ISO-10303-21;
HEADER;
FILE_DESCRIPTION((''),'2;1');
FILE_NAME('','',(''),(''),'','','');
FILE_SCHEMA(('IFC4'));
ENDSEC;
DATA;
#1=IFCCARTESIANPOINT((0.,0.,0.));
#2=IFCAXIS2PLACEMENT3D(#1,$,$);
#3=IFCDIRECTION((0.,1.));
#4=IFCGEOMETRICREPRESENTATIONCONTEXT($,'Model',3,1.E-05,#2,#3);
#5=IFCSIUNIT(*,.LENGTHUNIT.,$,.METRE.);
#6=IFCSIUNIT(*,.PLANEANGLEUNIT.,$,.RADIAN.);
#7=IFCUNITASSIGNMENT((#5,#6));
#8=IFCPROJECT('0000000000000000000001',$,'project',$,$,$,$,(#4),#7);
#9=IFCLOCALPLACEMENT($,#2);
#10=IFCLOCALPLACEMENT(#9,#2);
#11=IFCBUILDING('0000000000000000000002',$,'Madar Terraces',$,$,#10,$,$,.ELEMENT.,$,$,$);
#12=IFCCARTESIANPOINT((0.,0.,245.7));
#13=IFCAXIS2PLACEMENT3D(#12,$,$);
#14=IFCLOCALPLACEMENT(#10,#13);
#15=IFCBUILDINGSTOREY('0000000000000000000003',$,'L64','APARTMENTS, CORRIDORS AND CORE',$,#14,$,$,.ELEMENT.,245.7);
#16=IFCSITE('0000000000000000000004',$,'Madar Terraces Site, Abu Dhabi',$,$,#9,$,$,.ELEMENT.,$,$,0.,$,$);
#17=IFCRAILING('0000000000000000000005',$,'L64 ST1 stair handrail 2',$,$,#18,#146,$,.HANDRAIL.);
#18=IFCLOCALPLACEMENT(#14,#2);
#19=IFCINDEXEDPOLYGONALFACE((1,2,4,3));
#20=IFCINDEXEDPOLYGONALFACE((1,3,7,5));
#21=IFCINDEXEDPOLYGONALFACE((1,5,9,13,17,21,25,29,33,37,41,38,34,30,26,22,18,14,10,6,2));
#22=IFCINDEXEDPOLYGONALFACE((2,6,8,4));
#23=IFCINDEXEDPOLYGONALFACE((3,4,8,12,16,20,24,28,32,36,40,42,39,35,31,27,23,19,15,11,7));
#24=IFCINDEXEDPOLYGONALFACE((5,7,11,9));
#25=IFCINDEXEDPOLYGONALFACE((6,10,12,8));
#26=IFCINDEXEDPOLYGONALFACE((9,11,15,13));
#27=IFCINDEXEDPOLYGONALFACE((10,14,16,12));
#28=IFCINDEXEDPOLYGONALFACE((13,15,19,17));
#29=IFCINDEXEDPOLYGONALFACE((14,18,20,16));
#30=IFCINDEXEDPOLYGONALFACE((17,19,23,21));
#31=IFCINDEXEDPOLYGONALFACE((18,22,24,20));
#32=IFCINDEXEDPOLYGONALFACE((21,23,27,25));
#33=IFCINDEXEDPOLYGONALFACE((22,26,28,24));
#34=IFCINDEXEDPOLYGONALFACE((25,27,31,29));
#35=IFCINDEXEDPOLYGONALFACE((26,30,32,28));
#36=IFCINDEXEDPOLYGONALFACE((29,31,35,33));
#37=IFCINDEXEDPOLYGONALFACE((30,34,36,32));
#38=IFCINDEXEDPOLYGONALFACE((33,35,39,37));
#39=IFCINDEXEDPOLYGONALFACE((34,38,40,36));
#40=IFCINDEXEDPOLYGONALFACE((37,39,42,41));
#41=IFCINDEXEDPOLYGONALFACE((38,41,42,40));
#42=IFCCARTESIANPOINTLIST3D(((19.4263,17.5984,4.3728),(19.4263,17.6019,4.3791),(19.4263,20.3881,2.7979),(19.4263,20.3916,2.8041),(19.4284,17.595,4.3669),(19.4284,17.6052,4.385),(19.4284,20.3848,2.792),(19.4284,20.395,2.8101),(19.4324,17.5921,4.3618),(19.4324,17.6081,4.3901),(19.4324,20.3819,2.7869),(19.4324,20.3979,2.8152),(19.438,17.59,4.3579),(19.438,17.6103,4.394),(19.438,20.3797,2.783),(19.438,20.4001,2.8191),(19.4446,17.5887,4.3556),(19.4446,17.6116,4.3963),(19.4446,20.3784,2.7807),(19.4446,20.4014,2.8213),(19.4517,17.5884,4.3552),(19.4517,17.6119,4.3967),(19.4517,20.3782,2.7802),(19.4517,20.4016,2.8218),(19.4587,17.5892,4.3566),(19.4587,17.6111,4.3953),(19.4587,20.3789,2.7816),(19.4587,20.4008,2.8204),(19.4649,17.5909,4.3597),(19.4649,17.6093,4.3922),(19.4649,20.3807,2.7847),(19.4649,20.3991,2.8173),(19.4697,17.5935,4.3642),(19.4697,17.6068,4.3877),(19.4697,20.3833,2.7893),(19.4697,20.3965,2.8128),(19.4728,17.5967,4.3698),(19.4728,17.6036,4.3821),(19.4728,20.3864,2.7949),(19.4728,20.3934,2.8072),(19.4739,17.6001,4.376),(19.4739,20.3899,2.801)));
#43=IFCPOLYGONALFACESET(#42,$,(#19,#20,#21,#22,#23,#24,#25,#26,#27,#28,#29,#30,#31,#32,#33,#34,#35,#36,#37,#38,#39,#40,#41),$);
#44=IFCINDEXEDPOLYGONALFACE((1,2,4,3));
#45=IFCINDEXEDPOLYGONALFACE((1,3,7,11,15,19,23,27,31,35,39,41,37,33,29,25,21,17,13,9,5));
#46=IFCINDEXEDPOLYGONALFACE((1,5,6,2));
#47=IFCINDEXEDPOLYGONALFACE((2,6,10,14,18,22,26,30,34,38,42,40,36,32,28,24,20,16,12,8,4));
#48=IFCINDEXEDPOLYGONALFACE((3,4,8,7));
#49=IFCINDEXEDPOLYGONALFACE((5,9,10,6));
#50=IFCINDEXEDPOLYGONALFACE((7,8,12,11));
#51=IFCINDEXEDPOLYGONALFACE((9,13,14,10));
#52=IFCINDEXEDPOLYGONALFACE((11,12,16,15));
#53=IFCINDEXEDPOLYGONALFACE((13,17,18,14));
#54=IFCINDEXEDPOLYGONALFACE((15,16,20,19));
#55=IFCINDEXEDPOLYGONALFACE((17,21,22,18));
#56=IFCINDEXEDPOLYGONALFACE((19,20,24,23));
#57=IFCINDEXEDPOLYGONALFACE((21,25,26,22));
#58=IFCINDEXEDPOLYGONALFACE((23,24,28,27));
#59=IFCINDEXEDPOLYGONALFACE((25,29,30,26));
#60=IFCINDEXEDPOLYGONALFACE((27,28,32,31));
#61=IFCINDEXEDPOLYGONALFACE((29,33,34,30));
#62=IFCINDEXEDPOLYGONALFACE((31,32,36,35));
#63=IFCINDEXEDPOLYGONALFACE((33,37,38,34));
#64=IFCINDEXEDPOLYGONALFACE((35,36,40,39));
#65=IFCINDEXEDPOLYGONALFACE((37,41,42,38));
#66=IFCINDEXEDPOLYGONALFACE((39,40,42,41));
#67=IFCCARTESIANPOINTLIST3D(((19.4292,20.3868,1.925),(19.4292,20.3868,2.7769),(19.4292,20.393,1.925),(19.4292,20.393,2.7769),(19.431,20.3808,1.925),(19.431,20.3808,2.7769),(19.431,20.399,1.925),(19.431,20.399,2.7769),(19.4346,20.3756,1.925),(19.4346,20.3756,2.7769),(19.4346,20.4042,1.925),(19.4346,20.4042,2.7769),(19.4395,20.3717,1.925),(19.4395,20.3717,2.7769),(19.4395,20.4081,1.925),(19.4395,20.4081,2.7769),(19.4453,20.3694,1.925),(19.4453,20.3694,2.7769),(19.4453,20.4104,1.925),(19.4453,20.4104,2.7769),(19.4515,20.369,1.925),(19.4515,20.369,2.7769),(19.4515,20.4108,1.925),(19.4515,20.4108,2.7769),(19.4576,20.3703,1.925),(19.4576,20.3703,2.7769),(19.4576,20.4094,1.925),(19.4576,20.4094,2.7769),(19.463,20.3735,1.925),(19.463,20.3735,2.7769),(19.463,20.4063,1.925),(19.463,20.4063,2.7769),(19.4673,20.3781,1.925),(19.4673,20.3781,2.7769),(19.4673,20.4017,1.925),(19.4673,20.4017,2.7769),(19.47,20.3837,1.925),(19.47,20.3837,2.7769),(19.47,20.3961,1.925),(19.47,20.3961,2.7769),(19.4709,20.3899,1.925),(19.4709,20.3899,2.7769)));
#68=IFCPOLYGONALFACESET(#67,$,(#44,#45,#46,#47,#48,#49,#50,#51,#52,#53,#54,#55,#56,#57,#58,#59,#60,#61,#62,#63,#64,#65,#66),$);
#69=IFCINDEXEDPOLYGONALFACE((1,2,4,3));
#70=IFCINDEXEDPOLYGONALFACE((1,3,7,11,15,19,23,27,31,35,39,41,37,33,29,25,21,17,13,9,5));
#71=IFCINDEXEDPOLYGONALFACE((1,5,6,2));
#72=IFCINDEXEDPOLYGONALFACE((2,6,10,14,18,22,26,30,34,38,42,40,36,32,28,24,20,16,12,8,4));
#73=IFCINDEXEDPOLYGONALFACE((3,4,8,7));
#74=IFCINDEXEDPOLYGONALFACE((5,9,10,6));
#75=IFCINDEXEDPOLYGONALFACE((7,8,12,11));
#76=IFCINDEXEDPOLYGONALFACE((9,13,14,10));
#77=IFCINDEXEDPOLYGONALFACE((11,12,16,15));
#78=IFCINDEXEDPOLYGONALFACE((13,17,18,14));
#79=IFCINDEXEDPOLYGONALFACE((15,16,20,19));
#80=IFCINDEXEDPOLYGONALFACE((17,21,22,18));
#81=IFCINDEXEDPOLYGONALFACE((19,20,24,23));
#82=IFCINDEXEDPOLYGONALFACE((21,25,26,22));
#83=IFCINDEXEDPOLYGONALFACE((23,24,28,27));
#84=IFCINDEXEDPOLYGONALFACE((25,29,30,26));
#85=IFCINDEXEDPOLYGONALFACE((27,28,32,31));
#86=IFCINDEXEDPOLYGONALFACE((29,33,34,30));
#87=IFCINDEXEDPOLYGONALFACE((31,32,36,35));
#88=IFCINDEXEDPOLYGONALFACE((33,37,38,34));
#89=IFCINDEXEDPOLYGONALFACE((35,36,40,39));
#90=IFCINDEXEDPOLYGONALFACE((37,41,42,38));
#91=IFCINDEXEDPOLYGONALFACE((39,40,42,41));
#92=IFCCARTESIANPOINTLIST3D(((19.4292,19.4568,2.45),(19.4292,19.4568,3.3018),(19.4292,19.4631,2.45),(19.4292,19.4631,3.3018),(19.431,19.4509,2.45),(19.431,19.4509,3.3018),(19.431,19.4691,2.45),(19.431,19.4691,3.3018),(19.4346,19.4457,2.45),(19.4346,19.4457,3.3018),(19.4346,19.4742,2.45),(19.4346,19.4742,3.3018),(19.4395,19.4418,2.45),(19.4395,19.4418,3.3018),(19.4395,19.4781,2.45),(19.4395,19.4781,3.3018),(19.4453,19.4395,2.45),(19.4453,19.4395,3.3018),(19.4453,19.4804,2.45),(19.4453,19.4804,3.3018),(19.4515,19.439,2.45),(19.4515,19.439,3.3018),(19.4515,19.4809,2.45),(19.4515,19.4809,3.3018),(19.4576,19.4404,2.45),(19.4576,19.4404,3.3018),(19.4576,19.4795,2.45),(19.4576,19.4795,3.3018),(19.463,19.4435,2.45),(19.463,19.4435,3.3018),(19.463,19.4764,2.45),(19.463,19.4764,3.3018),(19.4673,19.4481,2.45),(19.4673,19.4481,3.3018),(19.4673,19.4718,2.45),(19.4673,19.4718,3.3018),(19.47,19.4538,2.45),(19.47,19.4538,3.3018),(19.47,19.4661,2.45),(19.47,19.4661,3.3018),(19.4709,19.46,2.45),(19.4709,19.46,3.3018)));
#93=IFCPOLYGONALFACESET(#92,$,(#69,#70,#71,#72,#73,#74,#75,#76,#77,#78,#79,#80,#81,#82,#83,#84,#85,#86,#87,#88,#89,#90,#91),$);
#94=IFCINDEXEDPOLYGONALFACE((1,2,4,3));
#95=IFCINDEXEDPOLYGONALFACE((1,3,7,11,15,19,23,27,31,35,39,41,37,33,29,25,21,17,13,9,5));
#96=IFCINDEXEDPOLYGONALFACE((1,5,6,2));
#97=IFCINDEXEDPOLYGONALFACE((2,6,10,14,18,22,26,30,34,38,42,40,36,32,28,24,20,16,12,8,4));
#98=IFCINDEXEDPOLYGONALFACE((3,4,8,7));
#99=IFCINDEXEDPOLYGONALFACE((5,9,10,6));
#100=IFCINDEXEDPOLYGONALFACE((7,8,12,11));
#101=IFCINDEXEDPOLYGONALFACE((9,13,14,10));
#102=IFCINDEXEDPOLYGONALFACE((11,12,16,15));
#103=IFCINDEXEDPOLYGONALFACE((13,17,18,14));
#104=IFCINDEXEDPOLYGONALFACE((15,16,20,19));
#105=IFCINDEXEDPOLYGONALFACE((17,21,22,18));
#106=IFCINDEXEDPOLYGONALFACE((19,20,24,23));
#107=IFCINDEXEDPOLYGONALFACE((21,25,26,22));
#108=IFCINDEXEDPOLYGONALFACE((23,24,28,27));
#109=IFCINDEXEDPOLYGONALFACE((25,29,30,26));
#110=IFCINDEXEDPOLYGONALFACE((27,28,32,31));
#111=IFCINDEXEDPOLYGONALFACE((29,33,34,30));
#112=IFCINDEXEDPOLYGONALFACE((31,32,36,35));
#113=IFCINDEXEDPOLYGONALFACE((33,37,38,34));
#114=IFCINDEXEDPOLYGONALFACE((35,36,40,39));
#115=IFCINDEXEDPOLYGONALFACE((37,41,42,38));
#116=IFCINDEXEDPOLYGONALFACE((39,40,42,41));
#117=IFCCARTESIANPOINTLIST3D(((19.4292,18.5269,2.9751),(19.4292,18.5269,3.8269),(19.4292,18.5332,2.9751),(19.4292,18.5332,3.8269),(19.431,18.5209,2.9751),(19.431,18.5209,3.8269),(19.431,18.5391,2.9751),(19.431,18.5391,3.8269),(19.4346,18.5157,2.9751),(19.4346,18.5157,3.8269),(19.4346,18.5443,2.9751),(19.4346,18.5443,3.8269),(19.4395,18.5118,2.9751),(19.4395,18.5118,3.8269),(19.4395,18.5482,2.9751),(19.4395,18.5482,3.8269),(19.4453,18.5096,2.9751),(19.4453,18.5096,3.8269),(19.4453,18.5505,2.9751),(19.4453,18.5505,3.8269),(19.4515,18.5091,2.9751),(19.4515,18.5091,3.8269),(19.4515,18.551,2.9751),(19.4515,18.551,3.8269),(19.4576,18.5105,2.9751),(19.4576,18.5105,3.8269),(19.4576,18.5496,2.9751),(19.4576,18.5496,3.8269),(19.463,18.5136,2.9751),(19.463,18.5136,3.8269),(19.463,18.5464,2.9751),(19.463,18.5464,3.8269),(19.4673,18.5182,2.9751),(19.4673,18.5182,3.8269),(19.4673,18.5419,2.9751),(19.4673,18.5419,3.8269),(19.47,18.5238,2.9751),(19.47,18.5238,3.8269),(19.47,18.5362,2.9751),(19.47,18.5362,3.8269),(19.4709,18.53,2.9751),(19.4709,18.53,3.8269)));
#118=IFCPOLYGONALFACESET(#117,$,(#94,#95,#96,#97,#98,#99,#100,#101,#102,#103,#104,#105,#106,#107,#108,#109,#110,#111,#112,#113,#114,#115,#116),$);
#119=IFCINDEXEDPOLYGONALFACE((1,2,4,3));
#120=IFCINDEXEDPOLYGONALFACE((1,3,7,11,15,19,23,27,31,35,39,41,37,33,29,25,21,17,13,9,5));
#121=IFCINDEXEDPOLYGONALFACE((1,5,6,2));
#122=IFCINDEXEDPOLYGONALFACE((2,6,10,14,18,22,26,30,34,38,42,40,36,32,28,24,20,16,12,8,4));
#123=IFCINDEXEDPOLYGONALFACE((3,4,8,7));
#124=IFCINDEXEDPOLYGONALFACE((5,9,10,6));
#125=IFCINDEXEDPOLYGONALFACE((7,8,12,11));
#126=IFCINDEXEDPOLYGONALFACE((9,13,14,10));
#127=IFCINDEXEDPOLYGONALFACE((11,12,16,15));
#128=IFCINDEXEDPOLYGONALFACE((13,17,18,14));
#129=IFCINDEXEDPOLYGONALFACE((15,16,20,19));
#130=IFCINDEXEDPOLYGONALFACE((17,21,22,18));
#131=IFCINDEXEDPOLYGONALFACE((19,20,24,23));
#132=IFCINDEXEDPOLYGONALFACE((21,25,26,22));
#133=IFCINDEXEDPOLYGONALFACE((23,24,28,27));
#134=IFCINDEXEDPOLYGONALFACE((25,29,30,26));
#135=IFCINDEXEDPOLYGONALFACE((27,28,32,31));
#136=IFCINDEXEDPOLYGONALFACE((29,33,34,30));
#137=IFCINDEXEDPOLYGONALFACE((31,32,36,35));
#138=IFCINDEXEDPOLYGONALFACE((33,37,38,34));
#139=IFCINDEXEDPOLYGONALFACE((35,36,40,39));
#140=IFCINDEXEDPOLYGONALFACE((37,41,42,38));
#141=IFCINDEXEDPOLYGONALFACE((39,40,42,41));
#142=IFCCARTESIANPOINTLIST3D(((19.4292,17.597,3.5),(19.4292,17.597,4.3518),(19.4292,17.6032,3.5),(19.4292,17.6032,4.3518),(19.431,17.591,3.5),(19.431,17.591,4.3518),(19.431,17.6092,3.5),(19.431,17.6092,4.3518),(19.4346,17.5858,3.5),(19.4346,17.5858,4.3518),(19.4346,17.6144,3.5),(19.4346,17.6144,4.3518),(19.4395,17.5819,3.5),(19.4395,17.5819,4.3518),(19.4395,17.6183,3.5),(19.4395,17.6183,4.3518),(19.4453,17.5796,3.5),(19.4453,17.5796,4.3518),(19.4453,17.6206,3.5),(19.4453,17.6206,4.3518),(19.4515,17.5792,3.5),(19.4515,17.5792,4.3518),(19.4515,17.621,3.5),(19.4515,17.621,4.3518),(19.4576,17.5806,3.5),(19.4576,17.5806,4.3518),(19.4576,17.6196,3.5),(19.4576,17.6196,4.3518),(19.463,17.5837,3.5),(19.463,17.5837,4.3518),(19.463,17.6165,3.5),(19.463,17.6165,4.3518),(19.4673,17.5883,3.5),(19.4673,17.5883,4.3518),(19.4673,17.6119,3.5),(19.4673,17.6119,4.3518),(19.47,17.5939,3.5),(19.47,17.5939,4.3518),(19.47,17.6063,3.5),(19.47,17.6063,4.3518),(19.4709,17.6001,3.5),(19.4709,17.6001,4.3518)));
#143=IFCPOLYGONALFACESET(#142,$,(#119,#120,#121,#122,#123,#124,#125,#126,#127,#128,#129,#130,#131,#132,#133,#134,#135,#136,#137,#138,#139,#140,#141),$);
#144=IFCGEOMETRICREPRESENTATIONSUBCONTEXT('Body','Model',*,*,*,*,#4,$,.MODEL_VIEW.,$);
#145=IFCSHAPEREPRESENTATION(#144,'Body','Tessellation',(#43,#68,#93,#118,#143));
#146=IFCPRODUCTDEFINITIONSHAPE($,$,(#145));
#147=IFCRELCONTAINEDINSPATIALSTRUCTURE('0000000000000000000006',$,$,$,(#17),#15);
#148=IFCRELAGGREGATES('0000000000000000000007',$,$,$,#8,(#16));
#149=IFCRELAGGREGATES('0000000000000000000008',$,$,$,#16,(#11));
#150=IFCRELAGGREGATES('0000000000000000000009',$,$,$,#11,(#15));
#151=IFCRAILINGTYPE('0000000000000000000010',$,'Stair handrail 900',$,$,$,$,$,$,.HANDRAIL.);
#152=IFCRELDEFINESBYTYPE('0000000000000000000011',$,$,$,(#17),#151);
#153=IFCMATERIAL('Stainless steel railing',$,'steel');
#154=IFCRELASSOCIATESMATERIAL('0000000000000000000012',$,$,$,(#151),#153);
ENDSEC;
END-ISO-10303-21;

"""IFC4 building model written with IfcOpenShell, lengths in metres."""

from ifc_helpers import new_model, si_unit, direction, frame, origin, origin_2d, place, context, subcontext, project, spatial, circle, extrude, material, type_object, element, save


model = new_model("IFC4")

# Units and contexts
model_context = context("Model", 3, precision=1e-05, world=origin(), true_north=direction((0.0, 1.0)))
body_context = subcontext(model_context, "Body", "Model", "MODEL_VIEW")
ifc_project = project(units=[si_unit("LENGTHUNIT", "METRE"), si_unit("PLANEANGLEUNIT", "RADIAN")], contexts=[model_context])

# Site, building, storey
site_placement = place(None, origin())
site = spatial("IfcSite", under=ifc_project, at=site_placement, Name="Madar Terraces Site, Abu Dhabi", CompositionType="ELEMENT", RefElevation=0.0)
building_placement = place(site_placement, origin())
building = spatial("IfcBuilding", under=site, at=building_placement, Name="Madar Terraces", CompositionType="ELEMENT")
storey_placement = place(building_placement, frame((0.0, 0.0, 245.7)))
storey = spatial("IfcBuildingStorey", under=building, at=storey_placement, Name="L64", Description="APARTMENTS, CORRIDORS AND CORE", CompositionType="ELEMENT", Elevation=245.7)

# Railing
ifc_material_1 = material(Name="Stainless steel railing", Category="steel")
railing_type_1 = type_object("IfcRailingType", Name="Stair handrail 900", PredefinedType="HANDRAIL", material=ifc_material_1)
railing_1_placement = place(storey_placement, frame((19.45, 20.3899, 1.925)))
element("IfcRailing", 1, at=railing_1_placement, inside=storey, type_object=railing_type_1, Name="L64 ST1 stair handrail 2", PredefinedType="HANDRAIL", context=body_context, shape_type="SweptSolid", body=[
    extrude(circle(Radius=0.0239, at=origin_2d()), frame((0.0, 0.0, 0.876), z_axis=(0.0, -0.870815, 0.49161), x_axis=(1.0, 0.0, 0.0)), (0.0, 0.0, 1.0), 3.2036),
    extrude(circle(Radius=0.021, at=origin_2d()), origin(), (0.0, 0.0, 1.0), 0.8518),
    extrude(circle(Radius=0.021, at=origin_2d()), frame((0.0, -0.9299, 0.5249)), (0.0, 0.0, 1.0), 0.8518),
    extrude(circle(Radius=0.021, at=origin_2d()), frame((0.0, -1.8599, 1.05)), (0.0, 0.0, 1.0), 0.8518),
    extrude(circle(Radius=0.021, at=origin_2d()), frame((0.0, -2.7898, 1.575)), (0.0, 0.0, 1.0), 0.8518),
])

save(model, "model.ifc")
